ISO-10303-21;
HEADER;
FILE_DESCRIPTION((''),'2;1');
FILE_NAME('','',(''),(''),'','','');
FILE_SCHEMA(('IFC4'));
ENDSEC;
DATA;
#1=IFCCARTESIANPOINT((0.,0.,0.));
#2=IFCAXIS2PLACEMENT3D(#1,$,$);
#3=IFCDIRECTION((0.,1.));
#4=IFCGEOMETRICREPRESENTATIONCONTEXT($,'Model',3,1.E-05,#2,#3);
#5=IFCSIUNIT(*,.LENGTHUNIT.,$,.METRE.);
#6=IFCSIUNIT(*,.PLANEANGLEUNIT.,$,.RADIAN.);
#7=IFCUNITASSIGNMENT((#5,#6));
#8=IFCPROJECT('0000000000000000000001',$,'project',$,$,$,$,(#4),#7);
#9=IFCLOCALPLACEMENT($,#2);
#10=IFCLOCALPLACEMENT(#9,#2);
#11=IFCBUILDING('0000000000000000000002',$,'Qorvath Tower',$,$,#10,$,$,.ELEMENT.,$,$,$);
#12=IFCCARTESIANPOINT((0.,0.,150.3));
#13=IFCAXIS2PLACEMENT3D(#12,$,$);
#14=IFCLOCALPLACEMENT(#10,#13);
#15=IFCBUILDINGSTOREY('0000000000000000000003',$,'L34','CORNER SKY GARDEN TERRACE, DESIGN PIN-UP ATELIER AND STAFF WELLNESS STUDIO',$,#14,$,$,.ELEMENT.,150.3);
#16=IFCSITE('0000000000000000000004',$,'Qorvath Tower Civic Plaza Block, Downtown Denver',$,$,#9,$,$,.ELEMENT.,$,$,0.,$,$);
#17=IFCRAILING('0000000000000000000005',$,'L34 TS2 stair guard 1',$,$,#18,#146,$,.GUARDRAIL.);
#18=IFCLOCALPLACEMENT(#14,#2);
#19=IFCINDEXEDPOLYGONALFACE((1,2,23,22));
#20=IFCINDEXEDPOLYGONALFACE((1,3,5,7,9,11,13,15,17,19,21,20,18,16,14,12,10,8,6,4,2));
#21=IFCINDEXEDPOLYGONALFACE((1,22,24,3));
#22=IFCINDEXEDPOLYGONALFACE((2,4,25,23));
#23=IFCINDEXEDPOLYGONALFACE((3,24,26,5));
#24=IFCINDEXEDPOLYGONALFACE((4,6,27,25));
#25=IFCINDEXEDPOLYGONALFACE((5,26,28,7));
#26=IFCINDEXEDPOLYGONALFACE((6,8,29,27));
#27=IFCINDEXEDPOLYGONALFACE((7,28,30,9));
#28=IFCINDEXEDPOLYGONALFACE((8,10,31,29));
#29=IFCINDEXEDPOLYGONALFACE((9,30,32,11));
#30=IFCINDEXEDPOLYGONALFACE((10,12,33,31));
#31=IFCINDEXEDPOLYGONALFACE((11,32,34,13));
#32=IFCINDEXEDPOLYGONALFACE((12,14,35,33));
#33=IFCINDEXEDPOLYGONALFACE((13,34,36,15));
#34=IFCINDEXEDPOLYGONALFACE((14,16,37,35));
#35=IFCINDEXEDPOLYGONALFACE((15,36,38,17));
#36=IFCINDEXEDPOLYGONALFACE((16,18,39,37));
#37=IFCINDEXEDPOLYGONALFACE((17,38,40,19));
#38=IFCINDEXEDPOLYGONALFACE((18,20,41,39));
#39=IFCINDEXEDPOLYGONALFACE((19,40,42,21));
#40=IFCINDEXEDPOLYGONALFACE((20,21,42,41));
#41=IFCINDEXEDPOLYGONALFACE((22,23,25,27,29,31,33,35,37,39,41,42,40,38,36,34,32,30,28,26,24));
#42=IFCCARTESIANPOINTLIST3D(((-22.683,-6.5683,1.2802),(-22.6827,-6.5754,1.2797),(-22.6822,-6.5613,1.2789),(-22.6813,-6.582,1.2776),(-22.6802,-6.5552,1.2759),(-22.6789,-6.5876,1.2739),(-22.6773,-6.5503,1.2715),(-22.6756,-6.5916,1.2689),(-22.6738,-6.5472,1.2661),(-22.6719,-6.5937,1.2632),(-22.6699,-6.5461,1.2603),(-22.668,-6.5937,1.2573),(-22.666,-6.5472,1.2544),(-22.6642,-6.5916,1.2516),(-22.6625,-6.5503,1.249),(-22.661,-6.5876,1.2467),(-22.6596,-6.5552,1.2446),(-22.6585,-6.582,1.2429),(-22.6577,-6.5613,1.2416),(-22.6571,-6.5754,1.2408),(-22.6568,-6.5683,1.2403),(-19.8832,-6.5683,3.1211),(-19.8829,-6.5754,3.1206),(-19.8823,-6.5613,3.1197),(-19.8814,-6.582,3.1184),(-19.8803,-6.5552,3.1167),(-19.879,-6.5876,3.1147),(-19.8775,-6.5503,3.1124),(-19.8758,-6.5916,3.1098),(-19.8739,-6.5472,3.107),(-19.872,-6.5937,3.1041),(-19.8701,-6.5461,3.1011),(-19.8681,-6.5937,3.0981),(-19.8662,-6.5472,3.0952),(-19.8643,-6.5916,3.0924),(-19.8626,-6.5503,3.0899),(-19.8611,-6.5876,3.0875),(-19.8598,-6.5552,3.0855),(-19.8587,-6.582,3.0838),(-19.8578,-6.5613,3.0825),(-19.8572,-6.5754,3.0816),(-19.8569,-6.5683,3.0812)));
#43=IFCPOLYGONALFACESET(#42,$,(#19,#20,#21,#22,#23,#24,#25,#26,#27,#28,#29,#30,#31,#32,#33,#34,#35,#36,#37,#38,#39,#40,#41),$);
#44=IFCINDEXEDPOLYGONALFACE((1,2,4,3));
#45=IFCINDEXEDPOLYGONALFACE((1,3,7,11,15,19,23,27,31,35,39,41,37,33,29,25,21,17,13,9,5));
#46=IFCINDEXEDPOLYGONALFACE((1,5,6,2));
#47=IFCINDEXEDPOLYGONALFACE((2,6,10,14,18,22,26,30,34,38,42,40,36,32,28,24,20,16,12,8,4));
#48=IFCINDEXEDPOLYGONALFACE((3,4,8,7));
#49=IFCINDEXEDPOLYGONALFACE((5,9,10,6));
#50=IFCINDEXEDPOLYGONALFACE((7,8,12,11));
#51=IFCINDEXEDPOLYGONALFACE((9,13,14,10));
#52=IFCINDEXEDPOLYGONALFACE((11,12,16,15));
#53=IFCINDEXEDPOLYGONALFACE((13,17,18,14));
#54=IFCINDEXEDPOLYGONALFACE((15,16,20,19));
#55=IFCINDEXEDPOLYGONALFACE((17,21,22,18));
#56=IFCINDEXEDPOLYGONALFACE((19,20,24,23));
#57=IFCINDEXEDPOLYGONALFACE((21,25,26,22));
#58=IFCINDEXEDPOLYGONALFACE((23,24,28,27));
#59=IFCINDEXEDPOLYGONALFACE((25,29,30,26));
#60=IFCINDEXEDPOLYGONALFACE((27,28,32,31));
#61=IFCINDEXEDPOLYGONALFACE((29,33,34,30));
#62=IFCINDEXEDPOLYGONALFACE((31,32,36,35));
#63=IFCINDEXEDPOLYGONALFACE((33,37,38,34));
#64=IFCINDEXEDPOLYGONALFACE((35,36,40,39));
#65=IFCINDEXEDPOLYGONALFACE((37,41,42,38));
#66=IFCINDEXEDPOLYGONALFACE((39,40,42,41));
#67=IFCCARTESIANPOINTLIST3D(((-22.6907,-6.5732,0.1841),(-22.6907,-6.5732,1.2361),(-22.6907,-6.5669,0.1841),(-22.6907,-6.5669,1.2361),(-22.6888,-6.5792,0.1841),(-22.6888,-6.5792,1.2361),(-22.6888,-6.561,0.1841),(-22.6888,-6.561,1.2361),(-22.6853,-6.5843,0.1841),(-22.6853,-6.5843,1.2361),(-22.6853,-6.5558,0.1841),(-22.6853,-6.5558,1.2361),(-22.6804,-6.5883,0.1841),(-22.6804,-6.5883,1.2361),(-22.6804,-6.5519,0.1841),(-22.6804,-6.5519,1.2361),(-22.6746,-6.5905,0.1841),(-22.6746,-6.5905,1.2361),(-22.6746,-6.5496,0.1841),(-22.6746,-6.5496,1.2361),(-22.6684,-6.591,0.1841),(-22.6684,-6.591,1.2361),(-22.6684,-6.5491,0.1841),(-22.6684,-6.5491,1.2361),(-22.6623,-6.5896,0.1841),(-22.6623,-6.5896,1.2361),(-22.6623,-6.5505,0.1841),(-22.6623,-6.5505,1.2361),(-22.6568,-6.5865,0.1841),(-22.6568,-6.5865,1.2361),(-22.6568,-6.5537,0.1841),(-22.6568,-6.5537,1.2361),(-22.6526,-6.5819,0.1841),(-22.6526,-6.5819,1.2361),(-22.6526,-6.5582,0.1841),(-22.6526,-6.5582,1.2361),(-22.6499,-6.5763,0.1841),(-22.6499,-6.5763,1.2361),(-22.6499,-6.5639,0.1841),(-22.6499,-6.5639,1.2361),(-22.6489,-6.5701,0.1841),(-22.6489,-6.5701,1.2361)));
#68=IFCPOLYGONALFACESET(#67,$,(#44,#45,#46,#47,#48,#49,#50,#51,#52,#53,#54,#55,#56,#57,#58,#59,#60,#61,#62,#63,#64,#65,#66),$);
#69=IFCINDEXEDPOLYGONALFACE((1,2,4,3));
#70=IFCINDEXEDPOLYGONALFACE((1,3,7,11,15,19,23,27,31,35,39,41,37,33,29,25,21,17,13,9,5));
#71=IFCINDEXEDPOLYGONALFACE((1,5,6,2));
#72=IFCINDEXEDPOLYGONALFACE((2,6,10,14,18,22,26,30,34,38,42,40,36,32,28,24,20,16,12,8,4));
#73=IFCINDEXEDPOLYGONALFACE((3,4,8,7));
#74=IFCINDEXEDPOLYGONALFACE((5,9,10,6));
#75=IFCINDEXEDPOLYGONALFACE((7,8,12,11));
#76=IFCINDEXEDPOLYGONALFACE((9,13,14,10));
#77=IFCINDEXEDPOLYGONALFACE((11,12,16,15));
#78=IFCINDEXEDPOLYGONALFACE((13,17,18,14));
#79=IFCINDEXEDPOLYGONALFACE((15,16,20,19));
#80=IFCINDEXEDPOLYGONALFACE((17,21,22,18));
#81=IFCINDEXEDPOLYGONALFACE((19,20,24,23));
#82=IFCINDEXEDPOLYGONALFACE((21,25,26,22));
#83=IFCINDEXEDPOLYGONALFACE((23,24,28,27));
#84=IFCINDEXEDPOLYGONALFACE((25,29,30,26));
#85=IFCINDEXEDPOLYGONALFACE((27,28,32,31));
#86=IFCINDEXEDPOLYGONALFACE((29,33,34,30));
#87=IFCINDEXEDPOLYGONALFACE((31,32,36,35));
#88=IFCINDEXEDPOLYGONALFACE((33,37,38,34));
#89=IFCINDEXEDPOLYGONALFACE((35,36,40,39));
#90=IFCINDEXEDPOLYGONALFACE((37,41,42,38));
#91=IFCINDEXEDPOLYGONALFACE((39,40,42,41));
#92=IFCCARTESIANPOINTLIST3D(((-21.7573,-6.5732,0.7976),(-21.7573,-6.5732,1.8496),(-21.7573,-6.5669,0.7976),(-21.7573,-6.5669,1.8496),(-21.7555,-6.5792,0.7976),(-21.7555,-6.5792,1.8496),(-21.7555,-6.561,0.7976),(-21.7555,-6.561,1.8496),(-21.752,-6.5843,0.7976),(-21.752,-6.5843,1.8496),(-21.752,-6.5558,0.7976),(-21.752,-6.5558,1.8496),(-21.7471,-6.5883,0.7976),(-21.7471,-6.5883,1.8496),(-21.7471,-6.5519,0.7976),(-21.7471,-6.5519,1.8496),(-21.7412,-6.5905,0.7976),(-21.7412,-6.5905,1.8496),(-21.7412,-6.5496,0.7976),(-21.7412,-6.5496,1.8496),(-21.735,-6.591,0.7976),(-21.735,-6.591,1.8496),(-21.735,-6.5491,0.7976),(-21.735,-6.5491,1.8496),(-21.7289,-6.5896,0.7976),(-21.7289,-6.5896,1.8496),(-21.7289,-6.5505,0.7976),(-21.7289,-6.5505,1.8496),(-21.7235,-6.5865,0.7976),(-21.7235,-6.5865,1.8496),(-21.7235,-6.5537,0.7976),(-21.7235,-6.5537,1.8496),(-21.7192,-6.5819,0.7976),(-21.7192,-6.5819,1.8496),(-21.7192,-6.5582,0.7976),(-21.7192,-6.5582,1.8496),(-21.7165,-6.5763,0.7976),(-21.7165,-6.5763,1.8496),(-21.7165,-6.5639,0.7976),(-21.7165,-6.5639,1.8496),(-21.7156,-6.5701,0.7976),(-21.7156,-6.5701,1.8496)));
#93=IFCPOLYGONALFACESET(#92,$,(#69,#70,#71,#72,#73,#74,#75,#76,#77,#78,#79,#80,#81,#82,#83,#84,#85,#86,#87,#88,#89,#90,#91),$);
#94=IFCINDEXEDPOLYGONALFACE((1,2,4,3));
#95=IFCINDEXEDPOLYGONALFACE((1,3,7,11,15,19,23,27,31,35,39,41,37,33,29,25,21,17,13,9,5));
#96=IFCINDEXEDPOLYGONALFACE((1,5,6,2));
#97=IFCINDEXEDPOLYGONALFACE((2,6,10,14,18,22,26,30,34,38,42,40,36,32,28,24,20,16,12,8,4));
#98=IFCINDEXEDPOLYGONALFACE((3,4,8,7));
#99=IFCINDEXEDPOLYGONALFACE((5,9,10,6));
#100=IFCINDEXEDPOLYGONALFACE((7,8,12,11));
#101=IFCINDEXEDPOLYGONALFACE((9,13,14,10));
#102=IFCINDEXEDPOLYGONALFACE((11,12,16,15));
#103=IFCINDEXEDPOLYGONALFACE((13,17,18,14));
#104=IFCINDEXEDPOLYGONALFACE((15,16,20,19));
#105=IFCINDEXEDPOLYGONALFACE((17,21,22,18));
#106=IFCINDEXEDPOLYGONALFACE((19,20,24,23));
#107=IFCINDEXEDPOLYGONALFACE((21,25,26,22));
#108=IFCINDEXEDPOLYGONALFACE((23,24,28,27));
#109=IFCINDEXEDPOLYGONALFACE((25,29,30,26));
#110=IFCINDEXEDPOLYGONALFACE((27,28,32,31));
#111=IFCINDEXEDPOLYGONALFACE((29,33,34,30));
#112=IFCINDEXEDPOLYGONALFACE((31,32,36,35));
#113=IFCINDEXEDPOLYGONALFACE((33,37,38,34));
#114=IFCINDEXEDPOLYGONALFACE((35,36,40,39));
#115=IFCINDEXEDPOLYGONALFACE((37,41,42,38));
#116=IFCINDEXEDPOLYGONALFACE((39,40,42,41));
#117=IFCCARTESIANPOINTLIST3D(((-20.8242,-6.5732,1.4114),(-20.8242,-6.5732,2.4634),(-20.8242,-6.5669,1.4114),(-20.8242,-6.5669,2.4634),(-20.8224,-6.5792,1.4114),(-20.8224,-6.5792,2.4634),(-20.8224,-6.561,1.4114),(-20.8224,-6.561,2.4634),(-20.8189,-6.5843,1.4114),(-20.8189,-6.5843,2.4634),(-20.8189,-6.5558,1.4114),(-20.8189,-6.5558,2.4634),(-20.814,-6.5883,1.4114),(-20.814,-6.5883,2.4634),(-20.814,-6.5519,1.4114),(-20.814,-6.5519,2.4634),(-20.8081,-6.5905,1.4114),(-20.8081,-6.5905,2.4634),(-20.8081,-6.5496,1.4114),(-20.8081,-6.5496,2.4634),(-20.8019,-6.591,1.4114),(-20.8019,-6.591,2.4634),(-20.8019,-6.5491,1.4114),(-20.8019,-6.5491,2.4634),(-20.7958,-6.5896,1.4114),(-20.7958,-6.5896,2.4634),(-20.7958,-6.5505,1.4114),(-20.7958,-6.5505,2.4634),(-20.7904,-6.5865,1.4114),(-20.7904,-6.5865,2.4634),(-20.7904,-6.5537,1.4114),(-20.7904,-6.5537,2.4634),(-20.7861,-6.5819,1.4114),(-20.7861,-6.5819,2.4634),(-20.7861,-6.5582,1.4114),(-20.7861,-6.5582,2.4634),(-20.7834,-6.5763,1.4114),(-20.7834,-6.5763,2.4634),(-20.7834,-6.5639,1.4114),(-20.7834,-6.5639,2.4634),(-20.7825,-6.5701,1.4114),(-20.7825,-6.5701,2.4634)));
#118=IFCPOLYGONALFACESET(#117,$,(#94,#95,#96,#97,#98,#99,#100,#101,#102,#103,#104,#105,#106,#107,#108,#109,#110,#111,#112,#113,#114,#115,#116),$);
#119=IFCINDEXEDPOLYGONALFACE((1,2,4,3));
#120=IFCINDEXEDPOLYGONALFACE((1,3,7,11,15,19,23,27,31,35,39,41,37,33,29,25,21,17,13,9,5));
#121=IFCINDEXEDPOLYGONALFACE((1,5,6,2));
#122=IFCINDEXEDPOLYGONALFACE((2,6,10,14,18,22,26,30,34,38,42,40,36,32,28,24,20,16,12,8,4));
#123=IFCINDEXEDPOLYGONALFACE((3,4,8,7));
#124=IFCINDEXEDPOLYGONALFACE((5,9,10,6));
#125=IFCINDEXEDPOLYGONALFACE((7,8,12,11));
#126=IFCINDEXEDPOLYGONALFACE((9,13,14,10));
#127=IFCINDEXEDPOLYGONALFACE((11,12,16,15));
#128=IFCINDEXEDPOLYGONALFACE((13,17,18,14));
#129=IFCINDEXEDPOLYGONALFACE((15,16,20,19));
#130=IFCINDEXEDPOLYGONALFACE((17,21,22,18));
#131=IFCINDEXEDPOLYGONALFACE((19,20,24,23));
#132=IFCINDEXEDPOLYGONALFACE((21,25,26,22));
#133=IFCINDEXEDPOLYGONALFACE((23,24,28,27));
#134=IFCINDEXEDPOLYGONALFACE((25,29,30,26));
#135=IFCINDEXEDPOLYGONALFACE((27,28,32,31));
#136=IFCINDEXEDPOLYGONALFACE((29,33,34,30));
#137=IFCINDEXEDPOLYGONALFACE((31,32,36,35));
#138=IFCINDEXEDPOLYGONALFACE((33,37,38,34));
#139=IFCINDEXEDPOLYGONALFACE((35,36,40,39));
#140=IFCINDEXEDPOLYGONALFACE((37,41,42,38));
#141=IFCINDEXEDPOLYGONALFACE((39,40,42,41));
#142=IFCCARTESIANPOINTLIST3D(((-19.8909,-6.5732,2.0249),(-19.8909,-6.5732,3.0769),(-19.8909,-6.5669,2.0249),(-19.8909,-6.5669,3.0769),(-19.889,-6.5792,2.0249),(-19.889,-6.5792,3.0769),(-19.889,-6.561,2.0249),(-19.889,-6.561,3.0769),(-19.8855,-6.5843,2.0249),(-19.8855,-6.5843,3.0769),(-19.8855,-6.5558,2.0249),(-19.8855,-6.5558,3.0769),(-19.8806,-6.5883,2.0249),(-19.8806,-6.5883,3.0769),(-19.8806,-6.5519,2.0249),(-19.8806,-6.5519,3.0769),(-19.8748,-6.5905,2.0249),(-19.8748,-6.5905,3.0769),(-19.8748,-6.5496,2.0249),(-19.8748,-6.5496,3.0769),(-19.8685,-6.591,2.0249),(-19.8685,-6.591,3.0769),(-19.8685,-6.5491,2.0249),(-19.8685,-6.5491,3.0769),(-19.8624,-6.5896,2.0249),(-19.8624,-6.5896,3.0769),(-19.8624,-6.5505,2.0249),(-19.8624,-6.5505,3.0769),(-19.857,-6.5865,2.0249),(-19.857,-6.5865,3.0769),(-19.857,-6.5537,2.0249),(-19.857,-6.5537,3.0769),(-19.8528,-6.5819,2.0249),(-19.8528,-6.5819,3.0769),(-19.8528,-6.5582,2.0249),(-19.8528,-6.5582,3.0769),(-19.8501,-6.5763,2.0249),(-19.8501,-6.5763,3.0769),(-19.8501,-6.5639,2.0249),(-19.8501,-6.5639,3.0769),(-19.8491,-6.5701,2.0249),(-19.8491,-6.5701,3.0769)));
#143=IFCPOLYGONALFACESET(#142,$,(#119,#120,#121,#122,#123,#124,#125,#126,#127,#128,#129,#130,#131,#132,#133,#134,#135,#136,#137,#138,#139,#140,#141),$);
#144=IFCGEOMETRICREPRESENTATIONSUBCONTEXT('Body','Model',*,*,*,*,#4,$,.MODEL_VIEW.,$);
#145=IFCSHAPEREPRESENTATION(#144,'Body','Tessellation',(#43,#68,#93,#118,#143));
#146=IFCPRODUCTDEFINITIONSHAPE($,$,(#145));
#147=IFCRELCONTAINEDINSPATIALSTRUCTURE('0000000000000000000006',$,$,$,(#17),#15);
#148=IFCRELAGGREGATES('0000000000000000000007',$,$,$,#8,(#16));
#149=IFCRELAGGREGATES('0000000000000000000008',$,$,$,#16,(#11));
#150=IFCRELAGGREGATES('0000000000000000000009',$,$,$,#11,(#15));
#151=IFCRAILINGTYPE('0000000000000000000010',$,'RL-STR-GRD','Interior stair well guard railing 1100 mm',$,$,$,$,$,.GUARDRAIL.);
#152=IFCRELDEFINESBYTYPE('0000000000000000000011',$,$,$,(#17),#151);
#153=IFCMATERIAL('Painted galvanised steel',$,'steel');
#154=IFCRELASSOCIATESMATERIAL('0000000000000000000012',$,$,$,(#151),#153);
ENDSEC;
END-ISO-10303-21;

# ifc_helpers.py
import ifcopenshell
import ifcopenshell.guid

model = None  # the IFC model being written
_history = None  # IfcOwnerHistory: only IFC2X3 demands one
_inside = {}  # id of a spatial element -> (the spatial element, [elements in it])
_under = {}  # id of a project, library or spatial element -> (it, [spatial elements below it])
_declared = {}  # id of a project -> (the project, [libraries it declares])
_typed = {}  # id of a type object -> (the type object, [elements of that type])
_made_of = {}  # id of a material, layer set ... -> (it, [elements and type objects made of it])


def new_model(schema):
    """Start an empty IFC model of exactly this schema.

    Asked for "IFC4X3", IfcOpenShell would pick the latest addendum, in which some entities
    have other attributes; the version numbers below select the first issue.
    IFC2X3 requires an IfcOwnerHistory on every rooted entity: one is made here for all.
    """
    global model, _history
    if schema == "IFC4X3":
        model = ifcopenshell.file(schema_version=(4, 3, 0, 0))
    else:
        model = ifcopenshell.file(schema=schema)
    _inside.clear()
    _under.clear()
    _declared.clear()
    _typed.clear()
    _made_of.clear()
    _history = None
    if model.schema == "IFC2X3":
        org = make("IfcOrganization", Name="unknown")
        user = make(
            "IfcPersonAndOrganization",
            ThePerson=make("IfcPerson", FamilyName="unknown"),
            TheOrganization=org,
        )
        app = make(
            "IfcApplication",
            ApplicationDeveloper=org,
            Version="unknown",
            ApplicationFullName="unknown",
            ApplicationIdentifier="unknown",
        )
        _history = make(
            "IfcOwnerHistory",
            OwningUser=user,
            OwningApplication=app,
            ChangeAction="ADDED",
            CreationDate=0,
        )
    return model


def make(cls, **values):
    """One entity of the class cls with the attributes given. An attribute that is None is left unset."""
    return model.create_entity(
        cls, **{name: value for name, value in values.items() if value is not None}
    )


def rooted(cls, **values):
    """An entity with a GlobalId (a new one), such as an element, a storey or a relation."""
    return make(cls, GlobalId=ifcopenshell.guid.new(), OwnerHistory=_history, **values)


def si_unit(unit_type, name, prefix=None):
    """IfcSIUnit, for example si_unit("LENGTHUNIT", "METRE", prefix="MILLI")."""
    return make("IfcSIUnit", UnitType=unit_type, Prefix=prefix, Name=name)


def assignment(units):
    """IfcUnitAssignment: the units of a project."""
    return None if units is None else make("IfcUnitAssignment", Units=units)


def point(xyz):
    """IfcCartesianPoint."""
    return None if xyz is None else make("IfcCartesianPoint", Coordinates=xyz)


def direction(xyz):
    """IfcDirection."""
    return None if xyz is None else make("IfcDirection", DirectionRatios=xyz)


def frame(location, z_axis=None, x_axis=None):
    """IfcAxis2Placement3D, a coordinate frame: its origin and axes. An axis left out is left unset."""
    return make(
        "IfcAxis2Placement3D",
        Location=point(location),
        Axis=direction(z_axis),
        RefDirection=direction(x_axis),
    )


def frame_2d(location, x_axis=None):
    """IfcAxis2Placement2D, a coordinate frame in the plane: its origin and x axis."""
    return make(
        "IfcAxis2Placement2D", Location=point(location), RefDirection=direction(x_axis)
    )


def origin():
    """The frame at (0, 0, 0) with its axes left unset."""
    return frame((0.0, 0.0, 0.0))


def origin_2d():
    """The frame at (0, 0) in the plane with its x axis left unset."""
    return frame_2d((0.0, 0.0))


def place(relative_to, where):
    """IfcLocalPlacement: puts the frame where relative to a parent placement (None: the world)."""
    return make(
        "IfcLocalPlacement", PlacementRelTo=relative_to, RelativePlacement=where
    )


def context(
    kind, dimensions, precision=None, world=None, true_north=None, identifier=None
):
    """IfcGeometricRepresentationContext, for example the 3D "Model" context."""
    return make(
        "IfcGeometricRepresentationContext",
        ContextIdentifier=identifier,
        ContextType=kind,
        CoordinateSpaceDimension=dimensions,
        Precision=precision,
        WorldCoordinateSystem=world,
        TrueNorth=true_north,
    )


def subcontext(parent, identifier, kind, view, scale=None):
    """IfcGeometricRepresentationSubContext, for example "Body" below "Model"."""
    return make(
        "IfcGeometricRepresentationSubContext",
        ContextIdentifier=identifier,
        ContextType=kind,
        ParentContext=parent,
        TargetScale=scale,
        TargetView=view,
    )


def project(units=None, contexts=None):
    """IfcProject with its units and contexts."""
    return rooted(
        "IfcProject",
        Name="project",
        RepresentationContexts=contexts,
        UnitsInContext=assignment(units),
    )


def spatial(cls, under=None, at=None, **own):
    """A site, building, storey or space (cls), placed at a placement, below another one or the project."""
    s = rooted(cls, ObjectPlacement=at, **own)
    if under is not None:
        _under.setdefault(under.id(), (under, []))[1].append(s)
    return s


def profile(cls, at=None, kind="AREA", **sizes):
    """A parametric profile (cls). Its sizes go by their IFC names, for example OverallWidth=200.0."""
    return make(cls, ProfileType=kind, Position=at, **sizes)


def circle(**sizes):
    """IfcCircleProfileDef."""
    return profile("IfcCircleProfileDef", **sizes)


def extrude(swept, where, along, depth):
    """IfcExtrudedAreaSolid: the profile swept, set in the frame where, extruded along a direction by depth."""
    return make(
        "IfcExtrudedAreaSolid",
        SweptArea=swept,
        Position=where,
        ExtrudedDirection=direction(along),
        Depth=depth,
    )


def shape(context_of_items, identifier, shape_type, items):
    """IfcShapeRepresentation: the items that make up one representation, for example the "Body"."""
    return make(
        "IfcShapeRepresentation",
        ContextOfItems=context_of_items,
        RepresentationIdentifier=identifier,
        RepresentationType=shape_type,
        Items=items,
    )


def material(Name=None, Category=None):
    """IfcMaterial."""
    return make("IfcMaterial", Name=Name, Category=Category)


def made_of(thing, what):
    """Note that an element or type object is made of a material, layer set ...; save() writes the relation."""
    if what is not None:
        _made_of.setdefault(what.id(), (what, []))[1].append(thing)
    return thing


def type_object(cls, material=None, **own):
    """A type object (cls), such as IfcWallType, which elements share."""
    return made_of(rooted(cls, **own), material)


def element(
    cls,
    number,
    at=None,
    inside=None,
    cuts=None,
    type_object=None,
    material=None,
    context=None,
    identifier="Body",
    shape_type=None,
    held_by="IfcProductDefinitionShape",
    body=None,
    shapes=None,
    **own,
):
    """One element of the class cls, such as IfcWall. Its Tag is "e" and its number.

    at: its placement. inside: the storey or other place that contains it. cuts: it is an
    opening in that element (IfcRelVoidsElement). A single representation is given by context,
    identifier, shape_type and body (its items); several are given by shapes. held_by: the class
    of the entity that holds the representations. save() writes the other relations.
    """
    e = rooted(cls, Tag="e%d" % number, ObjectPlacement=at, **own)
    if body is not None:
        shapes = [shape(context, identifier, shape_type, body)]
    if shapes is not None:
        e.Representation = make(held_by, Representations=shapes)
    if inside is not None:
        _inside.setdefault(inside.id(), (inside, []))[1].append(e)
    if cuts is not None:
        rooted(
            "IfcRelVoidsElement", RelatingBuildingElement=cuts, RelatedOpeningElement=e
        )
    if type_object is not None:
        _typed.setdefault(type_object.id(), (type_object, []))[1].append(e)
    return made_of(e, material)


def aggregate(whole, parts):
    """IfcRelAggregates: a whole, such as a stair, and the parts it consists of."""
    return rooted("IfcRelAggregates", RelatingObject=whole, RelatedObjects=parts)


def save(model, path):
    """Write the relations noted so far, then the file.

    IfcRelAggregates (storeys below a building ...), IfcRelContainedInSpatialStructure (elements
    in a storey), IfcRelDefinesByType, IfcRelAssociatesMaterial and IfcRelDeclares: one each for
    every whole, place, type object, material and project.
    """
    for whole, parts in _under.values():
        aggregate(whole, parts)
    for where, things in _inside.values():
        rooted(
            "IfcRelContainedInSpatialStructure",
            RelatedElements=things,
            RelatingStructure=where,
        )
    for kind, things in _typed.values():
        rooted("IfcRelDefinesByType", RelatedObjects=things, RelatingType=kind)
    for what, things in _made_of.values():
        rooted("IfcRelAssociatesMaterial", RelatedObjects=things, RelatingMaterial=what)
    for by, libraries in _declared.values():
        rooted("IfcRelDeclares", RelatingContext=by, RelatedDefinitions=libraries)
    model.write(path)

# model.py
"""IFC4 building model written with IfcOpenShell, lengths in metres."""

from ifc_helpers import new_model, si_unit, direction, frame, origin, origin_2d, place, context, subcontext, project, spatial, circle, extrude, material, type_object, element, save


model = new_model("IFC4")

# Units and contexts
model_context = context("Model", 3, precision=1e-05, world=origin(), true_north=direction((0.0, 1.0)))
body_context = subcontext(model_context, "Body", "Model", "MODEL_VIEW")
ifc_project = project(units=[si_unit("LENGTHUNIT", "METRE"), si_unit("PLANEANGLEUNIT", "RADIAN")], contexts=[model_context])

# Site, building, storey
site_placement = place(None, origin())
site = spatial("IfcSite", under=ifc_project, at=site_placement, Name="Qorvath Tower Civic Plaza Block, Downtown Denver", CompositionType="ELEMENT", RefElevation=0.0)
building_placement = place(site_placement, origin())
building = spatial("IfcBuilding", under=site, at=building_placement, Name="Qorvath Tower", CompositionType="ELEMENT")
storey_placement = place(building_placement, frame((0.0, 0.0, 150.3)))
storey = spatial("IfcBuildingStorey", under=building, at=storey_placement, Name="L34", Description="CORNER SKY GARDEN TERRACE, DESIGN PIN-UP ATELIER AND STAFF WELLNESS STUDIO", CompositionType="ELEMENT", Elevation=150.3)

# Railing
ifc_material_1 = material(Name="Painted galvanised steel", Category="steel")
railing_type_1 = type_object("IfcRailingType", Name="RL-STR-GRD", Description="Interior stair well guard railing 1100 mm", PredefinedType="GUARDRAIL", material=ifc_material_1)
railing_1_placement = place(storey_placement, frame((-22.6699, -6.5701, 0.1841)))
element("IfcRailing", 1, at=railing_1_placement, inside=storey, type_object=railing_type_1, Name="L34 TS2 stair guard 1", PredefinedType="GUARDRAIL", context=body_context, shape_type="SweptSolid", body=[
    extrude(circle(Radius=0.0239, at=origin_2d()), frame((0.0, 0.0, 1.0762), z_axis=(0.835576, 0.0, 0.549376), x_axis=(0.0, 1.0, 0.0)), (0.0, 0.0, 1.0), 3.3508),
    extrude(circle(Radius=0.021, at=origin_2d()), origin(), (0.0, 0.0, 1.0), 1.052),
    extrude(circle(Radius=0.021, at=origin_2d()), frame((0.9333, 0.0, 0.6135)), (0.0, 0.0, 1.0), 1.052),
    extrude(circle(Radius=0.021, at=origin_2d()), frame((1.8665, 0.0, 1.2273)), (0.0, 0.0, 1.0), 1.052),
    extrude(circle(Radius=0.021, at=origin_2d()), frame((2.7998, 0.0, 1.8408)), (0.0, 0.0, 1.0), 1.052),
])

save(model, "model.ifc")
